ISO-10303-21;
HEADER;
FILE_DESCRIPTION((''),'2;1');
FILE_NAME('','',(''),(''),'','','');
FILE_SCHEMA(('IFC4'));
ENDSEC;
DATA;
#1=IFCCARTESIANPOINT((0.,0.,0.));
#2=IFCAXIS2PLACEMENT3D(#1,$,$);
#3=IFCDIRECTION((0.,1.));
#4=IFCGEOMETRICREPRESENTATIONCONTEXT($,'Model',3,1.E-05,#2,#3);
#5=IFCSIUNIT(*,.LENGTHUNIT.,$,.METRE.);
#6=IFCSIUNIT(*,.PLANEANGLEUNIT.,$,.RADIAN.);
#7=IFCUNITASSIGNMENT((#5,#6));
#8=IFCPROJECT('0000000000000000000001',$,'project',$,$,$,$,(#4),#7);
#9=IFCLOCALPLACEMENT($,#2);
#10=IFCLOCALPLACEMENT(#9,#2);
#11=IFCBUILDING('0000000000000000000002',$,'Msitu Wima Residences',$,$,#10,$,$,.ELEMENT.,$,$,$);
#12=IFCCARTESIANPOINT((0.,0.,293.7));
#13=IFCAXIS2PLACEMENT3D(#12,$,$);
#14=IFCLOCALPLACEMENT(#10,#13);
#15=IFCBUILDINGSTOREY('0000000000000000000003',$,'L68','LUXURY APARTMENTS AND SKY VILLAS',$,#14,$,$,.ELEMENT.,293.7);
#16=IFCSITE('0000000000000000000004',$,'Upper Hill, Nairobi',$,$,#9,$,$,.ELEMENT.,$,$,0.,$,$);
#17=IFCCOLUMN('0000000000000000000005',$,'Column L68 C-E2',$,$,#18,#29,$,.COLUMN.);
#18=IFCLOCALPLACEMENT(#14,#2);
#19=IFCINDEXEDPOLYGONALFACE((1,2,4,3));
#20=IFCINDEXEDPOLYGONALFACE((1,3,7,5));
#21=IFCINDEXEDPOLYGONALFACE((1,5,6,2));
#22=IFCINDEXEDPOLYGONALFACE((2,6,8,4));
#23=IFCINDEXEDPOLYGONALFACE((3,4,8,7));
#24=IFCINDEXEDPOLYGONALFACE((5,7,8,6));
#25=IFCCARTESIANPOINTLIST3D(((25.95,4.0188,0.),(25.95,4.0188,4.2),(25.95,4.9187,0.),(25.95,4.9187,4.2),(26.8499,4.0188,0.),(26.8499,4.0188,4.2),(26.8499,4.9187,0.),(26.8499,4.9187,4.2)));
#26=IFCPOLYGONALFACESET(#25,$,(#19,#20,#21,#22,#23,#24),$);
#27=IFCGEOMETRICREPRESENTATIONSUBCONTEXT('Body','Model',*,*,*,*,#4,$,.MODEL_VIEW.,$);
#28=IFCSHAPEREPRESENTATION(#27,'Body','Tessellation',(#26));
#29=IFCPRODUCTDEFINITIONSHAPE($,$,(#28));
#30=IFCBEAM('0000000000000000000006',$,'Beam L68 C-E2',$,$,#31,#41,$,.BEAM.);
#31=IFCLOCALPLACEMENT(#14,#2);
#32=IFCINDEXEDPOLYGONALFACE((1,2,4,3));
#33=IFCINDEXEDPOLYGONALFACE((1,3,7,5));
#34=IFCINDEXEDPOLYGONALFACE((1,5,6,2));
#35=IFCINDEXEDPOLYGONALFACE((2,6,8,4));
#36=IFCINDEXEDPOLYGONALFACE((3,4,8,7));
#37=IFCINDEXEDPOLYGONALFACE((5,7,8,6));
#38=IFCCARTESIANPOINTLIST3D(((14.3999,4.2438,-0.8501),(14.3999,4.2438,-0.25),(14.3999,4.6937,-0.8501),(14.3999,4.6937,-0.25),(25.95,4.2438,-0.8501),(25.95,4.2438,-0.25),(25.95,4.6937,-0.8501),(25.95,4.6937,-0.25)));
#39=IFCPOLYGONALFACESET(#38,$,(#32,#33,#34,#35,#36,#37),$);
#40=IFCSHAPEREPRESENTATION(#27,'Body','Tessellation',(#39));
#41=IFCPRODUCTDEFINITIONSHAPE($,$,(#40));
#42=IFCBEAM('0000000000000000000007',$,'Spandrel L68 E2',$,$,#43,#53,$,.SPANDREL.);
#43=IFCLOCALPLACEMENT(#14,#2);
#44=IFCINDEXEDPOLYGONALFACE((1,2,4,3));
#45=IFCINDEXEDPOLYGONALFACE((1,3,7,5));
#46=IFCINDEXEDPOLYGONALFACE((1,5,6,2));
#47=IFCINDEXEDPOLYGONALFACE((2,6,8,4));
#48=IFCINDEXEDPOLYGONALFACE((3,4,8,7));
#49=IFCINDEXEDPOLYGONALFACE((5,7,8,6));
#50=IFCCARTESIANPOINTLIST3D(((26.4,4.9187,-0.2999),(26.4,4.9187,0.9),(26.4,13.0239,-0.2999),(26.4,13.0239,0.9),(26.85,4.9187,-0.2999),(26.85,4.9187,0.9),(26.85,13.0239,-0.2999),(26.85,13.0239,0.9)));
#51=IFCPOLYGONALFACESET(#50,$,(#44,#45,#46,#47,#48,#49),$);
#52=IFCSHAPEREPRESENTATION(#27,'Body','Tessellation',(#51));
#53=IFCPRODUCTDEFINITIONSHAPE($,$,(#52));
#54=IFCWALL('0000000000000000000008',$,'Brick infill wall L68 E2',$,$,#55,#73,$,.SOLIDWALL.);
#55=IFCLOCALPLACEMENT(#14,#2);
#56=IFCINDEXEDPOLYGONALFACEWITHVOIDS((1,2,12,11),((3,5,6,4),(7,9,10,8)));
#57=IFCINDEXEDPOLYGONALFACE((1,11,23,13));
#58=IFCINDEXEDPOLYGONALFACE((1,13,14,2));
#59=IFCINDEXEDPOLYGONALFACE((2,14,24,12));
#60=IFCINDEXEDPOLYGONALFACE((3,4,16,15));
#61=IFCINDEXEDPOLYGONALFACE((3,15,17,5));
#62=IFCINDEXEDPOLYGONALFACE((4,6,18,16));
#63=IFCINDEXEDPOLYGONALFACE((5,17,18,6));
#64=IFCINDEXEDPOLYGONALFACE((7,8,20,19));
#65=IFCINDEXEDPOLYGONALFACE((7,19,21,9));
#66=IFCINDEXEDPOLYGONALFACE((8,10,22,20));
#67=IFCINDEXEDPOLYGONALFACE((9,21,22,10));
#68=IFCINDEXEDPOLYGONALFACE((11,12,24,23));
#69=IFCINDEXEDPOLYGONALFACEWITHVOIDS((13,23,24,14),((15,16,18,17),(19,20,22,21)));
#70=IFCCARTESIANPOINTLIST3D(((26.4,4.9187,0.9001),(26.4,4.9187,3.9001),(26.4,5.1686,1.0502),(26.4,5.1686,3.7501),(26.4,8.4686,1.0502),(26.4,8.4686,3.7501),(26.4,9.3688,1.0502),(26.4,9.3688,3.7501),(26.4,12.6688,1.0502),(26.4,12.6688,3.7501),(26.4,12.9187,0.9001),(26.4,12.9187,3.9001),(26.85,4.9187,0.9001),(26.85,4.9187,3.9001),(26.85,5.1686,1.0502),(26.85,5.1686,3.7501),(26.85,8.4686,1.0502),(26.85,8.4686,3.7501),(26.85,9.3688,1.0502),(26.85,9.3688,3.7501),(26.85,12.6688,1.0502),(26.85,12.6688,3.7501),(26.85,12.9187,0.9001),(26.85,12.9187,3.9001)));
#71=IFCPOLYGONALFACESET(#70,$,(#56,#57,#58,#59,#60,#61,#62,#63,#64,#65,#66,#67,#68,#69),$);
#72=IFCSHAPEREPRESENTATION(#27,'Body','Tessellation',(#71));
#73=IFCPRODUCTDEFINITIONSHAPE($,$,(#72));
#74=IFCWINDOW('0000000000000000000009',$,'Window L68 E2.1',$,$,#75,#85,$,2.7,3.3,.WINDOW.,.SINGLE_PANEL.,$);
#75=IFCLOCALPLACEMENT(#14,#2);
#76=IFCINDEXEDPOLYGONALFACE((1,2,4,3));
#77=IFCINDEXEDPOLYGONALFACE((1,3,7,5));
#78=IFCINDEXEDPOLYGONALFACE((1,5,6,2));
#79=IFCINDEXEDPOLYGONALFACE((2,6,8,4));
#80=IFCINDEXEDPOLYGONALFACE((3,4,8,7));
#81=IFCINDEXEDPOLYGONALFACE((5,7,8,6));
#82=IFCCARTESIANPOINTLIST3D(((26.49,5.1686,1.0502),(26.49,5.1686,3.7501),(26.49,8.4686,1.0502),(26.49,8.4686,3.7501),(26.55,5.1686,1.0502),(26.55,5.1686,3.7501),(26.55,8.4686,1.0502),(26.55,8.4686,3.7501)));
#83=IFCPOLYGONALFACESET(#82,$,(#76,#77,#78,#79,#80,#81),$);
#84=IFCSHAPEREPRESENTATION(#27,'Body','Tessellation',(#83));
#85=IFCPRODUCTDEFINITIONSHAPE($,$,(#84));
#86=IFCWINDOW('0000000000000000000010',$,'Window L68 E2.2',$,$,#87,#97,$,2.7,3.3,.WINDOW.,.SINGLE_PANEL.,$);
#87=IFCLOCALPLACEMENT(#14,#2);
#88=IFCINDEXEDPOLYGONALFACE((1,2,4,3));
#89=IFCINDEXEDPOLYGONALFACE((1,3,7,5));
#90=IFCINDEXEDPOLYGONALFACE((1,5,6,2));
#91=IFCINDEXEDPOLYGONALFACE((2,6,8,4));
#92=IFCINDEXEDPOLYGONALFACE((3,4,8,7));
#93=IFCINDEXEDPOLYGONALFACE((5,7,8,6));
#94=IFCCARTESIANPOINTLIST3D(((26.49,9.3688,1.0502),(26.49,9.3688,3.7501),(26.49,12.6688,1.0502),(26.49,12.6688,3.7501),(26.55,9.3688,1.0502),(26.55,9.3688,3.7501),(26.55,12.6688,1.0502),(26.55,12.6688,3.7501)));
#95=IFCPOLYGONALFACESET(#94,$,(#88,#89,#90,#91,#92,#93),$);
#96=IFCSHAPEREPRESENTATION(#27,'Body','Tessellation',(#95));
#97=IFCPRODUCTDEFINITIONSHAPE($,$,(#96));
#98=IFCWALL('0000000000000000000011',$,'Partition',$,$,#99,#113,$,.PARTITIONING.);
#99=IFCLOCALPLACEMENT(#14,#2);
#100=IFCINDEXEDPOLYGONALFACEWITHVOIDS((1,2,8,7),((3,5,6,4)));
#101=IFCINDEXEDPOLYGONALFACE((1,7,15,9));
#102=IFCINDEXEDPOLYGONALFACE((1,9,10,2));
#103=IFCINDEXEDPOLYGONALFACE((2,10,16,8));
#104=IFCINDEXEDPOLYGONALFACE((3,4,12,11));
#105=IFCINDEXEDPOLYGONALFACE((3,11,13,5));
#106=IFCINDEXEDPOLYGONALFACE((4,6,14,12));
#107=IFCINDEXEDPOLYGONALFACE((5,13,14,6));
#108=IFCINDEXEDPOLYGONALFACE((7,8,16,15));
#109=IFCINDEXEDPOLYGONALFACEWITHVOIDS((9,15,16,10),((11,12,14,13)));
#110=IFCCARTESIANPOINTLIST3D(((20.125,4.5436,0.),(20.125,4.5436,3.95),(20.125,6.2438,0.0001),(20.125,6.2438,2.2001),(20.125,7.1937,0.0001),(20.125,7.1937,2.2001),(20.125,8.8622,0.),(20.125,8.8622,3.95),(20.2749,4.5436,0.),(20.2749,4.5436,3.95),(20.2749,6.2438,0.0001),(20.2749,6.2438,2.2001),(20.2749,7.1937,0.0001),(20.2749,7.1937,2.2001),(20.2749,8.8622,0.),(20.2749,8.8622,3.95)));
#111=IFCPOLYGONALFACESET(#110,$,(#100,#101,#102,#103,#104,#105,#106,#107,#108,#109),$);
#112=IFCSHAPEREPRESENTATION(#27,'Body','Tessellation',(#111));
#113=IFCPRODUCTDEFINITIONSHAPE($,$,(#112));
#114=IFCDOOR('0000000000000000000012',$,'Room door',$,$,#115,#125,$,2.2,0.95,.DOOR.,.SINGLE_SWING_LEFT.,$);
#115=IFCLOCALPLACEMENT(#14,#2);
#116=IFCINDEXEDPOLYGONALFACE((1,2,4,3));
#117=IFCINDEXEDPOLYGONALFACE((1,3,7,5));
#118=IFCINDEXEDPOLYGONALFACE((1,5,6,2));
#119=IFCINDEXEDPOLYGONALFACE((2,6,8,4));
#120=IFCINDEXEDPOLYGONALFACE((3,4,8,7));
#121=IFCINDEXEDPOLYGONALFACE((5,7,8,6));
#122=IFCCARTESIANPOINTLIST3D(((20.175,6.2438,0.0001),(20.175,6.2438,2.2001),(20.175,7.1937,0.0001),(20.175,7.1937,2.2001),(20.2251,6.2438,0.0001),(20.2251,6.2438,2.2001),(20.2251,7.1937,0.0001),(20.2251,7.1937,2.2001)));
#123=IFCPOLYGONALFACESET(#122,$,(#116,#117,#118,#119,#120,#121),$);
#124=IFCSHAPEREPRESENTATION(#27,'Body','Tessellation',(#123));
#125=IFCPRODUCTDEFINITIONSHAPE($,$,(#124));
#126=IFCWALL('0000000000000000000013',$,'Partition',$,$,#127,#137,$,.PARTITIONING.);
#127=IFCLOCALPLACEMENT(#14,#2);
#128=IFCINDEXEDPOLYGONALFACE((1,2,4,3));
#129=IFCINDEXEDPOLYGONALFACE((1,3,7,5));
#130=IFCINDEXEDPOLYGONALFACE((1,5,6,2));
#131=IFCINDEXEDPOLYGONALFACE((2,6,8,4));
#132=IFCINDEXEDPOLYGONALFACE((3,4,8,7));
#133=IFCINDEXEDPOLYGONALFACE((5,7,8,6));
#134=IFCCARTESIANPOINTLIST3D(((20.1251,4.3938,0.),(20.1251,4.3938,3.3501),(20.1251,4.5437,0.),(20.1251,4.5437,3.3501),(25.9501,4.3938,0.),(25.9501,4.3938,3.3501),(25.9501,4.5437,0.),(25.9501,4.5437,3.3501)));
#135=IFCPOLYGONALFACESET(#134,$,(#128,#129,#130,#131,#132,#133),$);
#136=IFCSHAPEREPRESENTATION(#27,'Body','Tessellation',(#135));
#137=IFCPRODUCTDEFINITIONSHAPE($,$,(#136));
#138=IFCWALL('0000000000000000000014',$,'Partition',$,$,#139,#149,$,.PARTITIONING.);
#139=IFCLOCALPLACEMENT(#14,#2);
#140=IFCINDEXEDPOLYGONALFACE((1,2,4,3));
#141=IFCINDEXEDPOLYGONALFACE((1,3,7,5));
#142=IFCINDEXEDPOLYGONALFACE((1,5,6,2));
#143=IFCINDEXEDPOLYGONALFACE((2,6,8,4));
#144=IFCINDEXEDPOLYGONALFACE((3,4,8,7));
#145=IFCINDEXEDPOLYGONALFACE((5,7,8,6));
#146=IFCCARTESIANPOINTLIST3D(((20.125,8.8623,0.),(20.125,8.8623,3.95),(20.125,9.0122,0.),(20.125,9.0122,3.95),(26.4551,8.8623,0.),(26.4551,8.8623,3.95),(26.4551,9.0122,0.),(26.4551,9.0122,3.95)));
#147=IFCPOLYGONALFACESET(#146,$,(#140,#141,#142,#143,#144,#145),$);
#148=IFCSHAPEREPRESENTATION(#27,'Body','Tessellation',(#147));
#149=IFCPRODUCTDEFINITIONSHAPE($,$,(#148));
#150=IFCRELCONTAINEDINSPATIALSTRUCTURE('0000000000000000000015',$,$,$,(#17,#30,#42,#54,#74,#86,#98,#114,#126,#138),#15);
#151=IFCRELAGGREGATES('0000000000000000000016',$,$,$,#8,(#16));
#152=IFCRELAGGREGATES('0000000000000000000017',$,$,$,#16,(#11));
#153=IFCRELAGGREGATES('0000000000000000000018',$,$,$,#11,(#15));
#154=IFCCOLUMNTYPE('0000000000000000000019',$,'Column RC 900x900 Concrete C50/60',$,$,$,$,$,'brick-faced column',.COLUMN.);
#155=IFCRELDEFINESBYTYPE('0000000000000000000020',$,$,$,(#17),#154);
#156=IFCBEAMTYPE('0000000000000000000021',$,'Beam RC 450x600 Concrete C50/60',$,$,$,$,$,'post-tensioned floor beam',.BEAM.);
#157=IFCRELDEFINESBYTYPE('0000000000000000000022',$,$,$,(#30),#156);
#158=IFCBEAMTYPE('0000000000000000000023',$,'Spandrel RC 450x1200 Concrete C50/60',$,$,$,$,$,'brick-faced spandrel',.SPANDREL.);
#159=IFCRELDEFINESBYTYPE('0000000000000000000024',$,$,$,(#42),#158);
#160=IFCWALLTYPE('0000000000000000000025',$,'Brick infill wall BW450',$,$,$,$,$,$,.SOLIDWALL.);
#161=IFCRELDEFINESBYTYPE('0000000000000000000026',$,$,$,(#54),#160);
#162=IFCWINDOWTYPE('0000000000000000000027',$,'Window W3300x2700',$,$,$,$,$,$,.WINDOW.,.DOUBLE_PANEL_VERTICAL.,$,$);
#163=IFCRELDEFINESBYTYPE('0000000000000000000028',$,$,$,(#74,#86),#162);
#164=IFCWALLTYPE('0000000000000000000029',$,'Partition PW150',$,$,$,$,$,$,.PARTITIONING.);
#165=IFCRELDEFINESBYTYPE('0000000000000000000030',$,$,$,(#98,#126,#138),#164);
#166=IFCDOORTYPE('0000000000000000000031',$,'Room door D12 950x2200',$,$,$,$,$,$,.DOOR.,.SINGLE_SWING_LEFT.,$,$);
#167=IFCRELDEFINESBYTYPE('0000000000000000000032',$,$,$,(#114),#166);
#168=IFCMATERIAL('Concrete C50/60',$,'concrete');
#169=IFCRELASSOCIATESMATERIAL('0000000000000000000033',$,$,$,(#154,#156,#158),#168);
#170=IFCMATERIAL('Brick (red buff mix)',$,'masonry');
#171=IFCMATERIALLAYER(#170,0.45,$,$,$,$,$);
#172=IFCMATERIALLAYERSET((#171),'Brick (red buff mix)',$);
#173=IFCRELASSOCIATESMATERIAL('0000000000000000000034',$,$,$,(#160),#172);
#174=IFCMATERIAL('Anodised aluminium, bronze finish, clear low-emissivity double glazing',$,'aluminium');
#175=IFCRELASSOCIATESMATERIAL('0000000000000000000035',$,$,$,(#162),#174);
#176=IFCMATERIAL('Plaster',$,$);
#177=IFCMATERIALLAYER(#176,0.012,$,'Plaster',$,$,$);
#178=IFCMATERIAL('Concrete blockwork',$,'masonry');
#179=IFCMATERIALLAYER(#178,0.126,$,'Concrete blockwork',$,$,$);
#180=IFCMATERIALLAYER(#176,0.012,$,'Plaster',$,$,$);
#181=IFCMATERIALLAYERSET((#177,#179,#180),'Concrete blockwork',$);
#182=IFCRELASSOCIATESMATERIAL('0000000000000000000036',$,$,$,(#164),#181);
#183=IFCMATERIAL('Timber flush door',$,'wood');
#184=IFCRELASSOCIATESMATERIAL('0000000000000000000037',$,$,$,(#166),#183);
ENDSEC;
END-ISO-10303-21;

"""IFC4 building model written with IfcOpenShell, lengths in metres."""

from ifc_helpers import new_model, si_unit, direction, frame, frame_2d, origin, origin_2d, place, context, subcontext, project, spatial, rectangle, extrude, material, layer, layer_set, material_profile, profile_set, type_object, element, fill, save


model = new_model("IFC4")

# Units and contexts
model_context = context("Model", 3, precision=1e-05, world=origin(), true_north=direction((0.0, 1.0)))
body_context = subcontext(model_context, "Body", "Model", "MODEL_VIEW")
ifc_project = project(units=[si_unit("LENGTHUNIT", "METRE"), si_unit("PLANEANGLEUNIT", "RADIAN")], contexts=[model_context])

# Site, building, storey
site_placement = place(None, origin())
site = spatial("IfcSite", under=ifc_project, at=site_placement, Name="Upper Hill, Nairobi", CompositionType="ELEMENT", RefElevation=0.0)
building_placement = place(site_placement, origin())
building = spatial("IfcBuilding", under=site, at=building_placement, Name="Msitu Wima Residences", CompositionType="ELEMENT")
storey_placement = place(building_placement, frame((0.0, 0.0, 293.7)))
storey = spatial("IfcBuildingStorey", under=building, at=storey_placement, Name="L68", Description="LUXURY APARTMENTS AND SKY VILLAS", CompositionType="ELEMENT", Elevation=293.7)

# Column
ifc_material_1 = material(Name="Concrete C50/60", Category="concrete")
ifc_material_profile_1 = material_profile(ifc_material_1, rectangle(XDim=0.8999, YDim=0.8999, at=origin_2d()), Name="RC 900x900")
ifc_profile_set_1 = profile_set([ifc_material_profile_1], Name="Concrete C50/60")
column_type = type_object("IfcColumnType", Name="Column RC 900x900 Concrete C50/60", ElementType="brick-faced column", PredefinedType="COLUMN", material=ifc_profile_set_1)
column_placement = place(storey_placement, frame((26.3999, 4.4688, 0.0), z_axis=(0.0, 0.0, 1.0), x_axis=(0.0, 1.0, 0.0)))
element("IfcColumn", 1, at=column_placement, inside=storey, type_object=column_type, Name="Column L68 C-E2", PredefinedType="COLUMN", context=body_context, shape_type="SweptSolid", body=[
    extrude(rectangle(XDim=0.8999, YDim=0.8999, at=origin_2d()), origin(), (0.0, 0.0, 1.0), 4.2),
])

# Beams
ifc_material_profile_2 = material_profile(ifc_material_1, rectangle(XDim=0.45, YDim=0.6001, at=origin_2d()), Name="RC 450x600")
ifc_profile_set_2 = profile_set([ifc_material_profile_2], Name="Concrete C50/60")
beam_type_1 = type_object("IfcBeamType", Name="Beam RC 450x600 Concrete C50/60", ElementType="post-tensioned floor beam", PredefinedType="BEAM", material=ifc_profile_set_2)
beam_1_placement = place(storey_placement, frame((25.95, 4.4688, -0.55), z_axis=(-1.0, 0.0, 0.0), x_axis=(0.0, -1.0, 0.0)))
element("IfcBeam", 2, at=beam_1_placement, inside=storey, type_object=beam_type_1, Name="Beam L68 C-E2", PredefinedType="BEAM", context=body_context, shape_type="SweptSolid", body=[
    extrude(rectangle(XDim=0.45, YDim=0.6001, at=origin_2d()), origin(), (0.0, 0.0, 1.0), 11.55),
])
ifc_material_profile_3 = material_profile(ifc_material_1, rectangle(XDim=0.45, YDim=1.2, at=origin_2d()), Name="RC 450x1200")
ifc_profile_set_3 = profile_set([ifc_material_profile_3], Name="Concrete C50/60")
beam_type_2 = type_object("IfcBeamType", Name="Spandrel RC 450x1200 Concrete C50/60", ElementType="brick-faced spandrel", PredefinedType="SPANDREL", material=ifc_profile_set_3)
beam_2_placement = place(storey_placement, frame((26.625, 4.9187, 0.3), z_axis=(0.0, 1.0, 0.0), x_axis=(-1.0, 0.0, 0.0)))
element("IfcBeam", 3, at=beam_2_placement, inside=storey, type_object=beam_type_2, Name="Spandrel L68 E2", PredefinedType="SPANDREL", context=body_context, shape_type="SweptSolid", body=[
    extrude(rectangle(XDim=0.45, YDim=1.2, at=origin_2d()), origin(), (0.0, 0.0, 1.0), 8.1052),
])

# Wall, openings, windows
ifc_material_2 = material(Name="Brick (red buff mix)", Category="masonry")
ifc_layer_1 = layer(ifc_material_2, 0.45)
ifc_layer_set_1 = layer_set([ifc_layer_1], Name="Brick (red buff mix)")
wall_type_1 = type_object("IfcWallType", Name="Brick infill wall BW450", PredefinedType="SOLIDWALL", material=ifc_layer_set_1)
wall_1_placement = place(storey_placement, frame((26.625, 4.9187, 0.9001), z_axis=(0.0, 0.0, 1.0), x_axis=(0.0, 1.0, 0.0)))
wall_1 = element("IfcWall", 4, at=wall_1_placement, inside=storey, type_object=wall_type_1, Name="Brick infill wall L68 E2", PredefinedType="SOLIDWALL", context=body_context, shape_type="SweptSolid", body=[
    extrude(rectangle(XDim=8.0, YDim=0.45, at=frame_2d((4.0, 0.0))), origin(), (0.0, 0.0, 1.0), 3.0),
])
opening_1_placement = place(wall_1_placement, frame((0.25, 0.0, 0.1499)))
opening_1 = element("IfcOpeningElement", 5, at=opening_1_placement, cuts=wall_1, PredefinedType="OPENING", context=body_context, shape_type="SweptSolid", body=[
    extrude(rectangle(XDim=3.3, YDim=2.7, at=frame_2d((1.6499, 1.3501))), frame((0.0, 0.2349, 0.0), z_axis=(0.0, -1.0, 0.0), x_axis=(1.0, 0.0, 0.0)), (0.0, 0.0, 1.0), 0.47),
])
opening_2_placement = place(wall_1_placement, frame((4.4502, 0.0, 0.1499)))
opening_2 = element("IfcOpeningElement", 6, at=opening_2_placement, cuts=wall_1, PredefinedType="OPENING", context=body_context, shape_type="SweptSolid", body=[
    extrude(rectangle(XDim=3.3, YDim=2.7, at=frame_2d((1.6499, 1.3501))), frame((0.0, 0.2349, 0.0), z_axis=(0.0, -1.0, 0.0), x_axis=(1.0, 0.0, 0.0)), (0.0, 0.0, 1.0), 0.47),
])
ifc_material_3 = material(Name="Anodised aluminium, bronze finish, clear low-emissivity double glazing", Category="aluminium")
window_type = type_object("IfcWindowType", Name="Window W3300x2700", PartitioningType="DOUBLE_PANEL_VERTICAL", PredefinedType="WINDOW", material=ifc_material_3)
window_1_placement = place(opening_1_placement, origin())
window_1 = element("IfcWindow", 7, at=window_1_placement, inside=storey, type_object=window_type, Name="Window L68 E2.1", OverallHeight=2.7, OverallWidth=3.3, PartitioningType="SINGLE_PANEL", PredefinedType="WINDOW", context=body_context, shape_type="SweptSolid", body=[
    extrude(rectangle(XDim=3.3, YDim=2.7, at=frame_2d((1.6499, 1.3501))), frame((0.0, 0.135, 0.0), z_axis=(0.0, -1.0, 0.0), x_axis=(1.0, 0.0, 0.0)), (0.0, 0.0, 1.0), 0.0601),
])
fill(opening_1, window_1)
window_2_placement = place(opening_2_placement, origin())
window_2 = element("IfcWindow", 8, at=window_2_placement, inside=storey, type_object=window_type, Name="Window L68 E2.2", OverallHeight=2.7, OverallWidth=3.3, PartitioningType="SINGLE_PANEL", PredefinedType="WINDOW", context=body_context, shape_type="SweptSolid", body=[
    extrude(rectangle(XDim=3.3, YDim=2.7, at=frame_2d((1.6499, 1.3501))), frame((0.0, 0.135, 0.0), z_axis=(0.0, -1.0, 0.0), x_axis=(1.0, 0.0, 0.0)), (0.0, 0.0, 1.0), 0.0601),
])
fill(opening_2, window_2)

# Wall, opening, door
ifc_material_4 = material(Name="Plaster")
ifc_layer_2 = layer(ifc_material_4, 0.012, Name="Plaster")
ifc_material_5 = material(Name="Concrete blockwork", Category="masonry")
ifc_layer_3 = layer(ifc_material_5, 0.126, Name="Concrete blockwork")
ifc_layer_4 = layer(ifc_material_4, 0.012, Name="Plaster")
ifc_layer_set_2 = layer_set([ifc_layer_2, ifc_layer_3, ifc_layer_4], Name="Concrete blockwork")
wall_type_2 = type_object("IfcWallType", Name="Partition PW150", PredefinedType="PARTITIONING", material=ifc_layer_set_2)
wall_2_placement = place(storey_placement, frame((20.2, 4.5437, 0.0), z_axis=(0.0, 0.0, 1.0), x_axis=(0.0, 1.0, 0.0)))
wall_2 = element("IfcWall", 9, at=wall_2_placement, inside=storey, type_object=wall_type_2, Name="Partition", PredefinedType="PARTITIONING", context=body_context, shape_type="SweptSolid", body=[
    extrude(rectangle(XDim=4.3186, YDim=0.1499, at=frame_2d((2.1592, 0.0))), origin(), (0.0, 0.0, 1.0), 3.95),
])
opening_3_placement = place(wall_2_placement, frame((1.7, 0.0, 0.0)))
opening_3 = element("IfcOpeningElement", 10, at=opening_3_placement, cuts=wall_2, PredefinedType="OPENING", context=body_context, shape_type="SweptSolid", body=[
    extrude(rectangle(XDim=0.95, YDim=2.2, at=frame_2d((0.4751, 1.1001))), frame((0.0, 0.085, 0.0), z_axis=(0.0, -1.0, 0.0), x_axis=(1.0, 0.0, 0.0)), (0.0, 0.0, 1.0), 0.1699),
])
ifc_material_6 = material(Name="Timber flush door", Category="wood")
door_type_1 = type_object("IfcDoorType", Name="Room door D12 950x2200", OperationType="SINGLE_SWING_LEFT", PredefinedType="DOOR", material=ifc_material_6)
door_1_placement = place(opening_3_placement, origin())
door_1 = element("IfcDoor", 11, at=door_1_placement, inside=storey, type_object=door_type_1, Name="Room door", OperationType="SINGLE_SWING_LEFT", OverallHeight=2.2, OverallWidth=0.95, PredefinedType="DOOR", context=body_context, shape_type="SweptSolid", body=[
    extrude(rectangle(XDim=0.95, YDim=2.2, at=frame_2d((0.4751, 1.1001))), frame((0.0, 0.0249, 0.0), z_axis=(0.0, -1.0, 0.0), x_axis=(1.0, 0.0, 0.0)), (0.0, 0.0, 1.0), 0.05),
])
fill(opening_3, door_1)

# Walls
wall_3_placement = place(storey_placement, frame((20.125, 4.4688, 0.0), z_axis=(0.0, 0.0, 1.0), x_axis=(1.0, 0.0, 0.0)))
element("IfcWall", 12, at=wall_3_placement, inside=storey, type_object=wall_type_2, Name="Partition", PredefinedType="PARTITIONING", context=body_context, shape_type="SweptSolid", body=[
    extrude(rectangle(XDim=5.825, YDim=0.1499, at=frame_2d((2.9126, 0.0))), origin(), (0.0, 0.0, 1.0), 3.3501),
])
wall_4_placement = place(storey_placement, frame((20.125, 8.9373, 0.0), z_axis=(0.0, 0.0, 1.0), x_axis=(1.0, 0.0, 0.0)))
element("IfcWall", 13, at=wall_4_placement, inside=storey, type_object=wall_type_2, Name="Partition", PredefinedType="PARTITIONING", context=body_context, shape_type="SweptSolid", body=[
    extrude(rectangle(XDim=6.3301, YDim=0.1499, at=frame_2d((3.165, 0.0))), origin(), (0.0, 0.0, 1.0), 3.95),
])

save(model, "model.ifc")
